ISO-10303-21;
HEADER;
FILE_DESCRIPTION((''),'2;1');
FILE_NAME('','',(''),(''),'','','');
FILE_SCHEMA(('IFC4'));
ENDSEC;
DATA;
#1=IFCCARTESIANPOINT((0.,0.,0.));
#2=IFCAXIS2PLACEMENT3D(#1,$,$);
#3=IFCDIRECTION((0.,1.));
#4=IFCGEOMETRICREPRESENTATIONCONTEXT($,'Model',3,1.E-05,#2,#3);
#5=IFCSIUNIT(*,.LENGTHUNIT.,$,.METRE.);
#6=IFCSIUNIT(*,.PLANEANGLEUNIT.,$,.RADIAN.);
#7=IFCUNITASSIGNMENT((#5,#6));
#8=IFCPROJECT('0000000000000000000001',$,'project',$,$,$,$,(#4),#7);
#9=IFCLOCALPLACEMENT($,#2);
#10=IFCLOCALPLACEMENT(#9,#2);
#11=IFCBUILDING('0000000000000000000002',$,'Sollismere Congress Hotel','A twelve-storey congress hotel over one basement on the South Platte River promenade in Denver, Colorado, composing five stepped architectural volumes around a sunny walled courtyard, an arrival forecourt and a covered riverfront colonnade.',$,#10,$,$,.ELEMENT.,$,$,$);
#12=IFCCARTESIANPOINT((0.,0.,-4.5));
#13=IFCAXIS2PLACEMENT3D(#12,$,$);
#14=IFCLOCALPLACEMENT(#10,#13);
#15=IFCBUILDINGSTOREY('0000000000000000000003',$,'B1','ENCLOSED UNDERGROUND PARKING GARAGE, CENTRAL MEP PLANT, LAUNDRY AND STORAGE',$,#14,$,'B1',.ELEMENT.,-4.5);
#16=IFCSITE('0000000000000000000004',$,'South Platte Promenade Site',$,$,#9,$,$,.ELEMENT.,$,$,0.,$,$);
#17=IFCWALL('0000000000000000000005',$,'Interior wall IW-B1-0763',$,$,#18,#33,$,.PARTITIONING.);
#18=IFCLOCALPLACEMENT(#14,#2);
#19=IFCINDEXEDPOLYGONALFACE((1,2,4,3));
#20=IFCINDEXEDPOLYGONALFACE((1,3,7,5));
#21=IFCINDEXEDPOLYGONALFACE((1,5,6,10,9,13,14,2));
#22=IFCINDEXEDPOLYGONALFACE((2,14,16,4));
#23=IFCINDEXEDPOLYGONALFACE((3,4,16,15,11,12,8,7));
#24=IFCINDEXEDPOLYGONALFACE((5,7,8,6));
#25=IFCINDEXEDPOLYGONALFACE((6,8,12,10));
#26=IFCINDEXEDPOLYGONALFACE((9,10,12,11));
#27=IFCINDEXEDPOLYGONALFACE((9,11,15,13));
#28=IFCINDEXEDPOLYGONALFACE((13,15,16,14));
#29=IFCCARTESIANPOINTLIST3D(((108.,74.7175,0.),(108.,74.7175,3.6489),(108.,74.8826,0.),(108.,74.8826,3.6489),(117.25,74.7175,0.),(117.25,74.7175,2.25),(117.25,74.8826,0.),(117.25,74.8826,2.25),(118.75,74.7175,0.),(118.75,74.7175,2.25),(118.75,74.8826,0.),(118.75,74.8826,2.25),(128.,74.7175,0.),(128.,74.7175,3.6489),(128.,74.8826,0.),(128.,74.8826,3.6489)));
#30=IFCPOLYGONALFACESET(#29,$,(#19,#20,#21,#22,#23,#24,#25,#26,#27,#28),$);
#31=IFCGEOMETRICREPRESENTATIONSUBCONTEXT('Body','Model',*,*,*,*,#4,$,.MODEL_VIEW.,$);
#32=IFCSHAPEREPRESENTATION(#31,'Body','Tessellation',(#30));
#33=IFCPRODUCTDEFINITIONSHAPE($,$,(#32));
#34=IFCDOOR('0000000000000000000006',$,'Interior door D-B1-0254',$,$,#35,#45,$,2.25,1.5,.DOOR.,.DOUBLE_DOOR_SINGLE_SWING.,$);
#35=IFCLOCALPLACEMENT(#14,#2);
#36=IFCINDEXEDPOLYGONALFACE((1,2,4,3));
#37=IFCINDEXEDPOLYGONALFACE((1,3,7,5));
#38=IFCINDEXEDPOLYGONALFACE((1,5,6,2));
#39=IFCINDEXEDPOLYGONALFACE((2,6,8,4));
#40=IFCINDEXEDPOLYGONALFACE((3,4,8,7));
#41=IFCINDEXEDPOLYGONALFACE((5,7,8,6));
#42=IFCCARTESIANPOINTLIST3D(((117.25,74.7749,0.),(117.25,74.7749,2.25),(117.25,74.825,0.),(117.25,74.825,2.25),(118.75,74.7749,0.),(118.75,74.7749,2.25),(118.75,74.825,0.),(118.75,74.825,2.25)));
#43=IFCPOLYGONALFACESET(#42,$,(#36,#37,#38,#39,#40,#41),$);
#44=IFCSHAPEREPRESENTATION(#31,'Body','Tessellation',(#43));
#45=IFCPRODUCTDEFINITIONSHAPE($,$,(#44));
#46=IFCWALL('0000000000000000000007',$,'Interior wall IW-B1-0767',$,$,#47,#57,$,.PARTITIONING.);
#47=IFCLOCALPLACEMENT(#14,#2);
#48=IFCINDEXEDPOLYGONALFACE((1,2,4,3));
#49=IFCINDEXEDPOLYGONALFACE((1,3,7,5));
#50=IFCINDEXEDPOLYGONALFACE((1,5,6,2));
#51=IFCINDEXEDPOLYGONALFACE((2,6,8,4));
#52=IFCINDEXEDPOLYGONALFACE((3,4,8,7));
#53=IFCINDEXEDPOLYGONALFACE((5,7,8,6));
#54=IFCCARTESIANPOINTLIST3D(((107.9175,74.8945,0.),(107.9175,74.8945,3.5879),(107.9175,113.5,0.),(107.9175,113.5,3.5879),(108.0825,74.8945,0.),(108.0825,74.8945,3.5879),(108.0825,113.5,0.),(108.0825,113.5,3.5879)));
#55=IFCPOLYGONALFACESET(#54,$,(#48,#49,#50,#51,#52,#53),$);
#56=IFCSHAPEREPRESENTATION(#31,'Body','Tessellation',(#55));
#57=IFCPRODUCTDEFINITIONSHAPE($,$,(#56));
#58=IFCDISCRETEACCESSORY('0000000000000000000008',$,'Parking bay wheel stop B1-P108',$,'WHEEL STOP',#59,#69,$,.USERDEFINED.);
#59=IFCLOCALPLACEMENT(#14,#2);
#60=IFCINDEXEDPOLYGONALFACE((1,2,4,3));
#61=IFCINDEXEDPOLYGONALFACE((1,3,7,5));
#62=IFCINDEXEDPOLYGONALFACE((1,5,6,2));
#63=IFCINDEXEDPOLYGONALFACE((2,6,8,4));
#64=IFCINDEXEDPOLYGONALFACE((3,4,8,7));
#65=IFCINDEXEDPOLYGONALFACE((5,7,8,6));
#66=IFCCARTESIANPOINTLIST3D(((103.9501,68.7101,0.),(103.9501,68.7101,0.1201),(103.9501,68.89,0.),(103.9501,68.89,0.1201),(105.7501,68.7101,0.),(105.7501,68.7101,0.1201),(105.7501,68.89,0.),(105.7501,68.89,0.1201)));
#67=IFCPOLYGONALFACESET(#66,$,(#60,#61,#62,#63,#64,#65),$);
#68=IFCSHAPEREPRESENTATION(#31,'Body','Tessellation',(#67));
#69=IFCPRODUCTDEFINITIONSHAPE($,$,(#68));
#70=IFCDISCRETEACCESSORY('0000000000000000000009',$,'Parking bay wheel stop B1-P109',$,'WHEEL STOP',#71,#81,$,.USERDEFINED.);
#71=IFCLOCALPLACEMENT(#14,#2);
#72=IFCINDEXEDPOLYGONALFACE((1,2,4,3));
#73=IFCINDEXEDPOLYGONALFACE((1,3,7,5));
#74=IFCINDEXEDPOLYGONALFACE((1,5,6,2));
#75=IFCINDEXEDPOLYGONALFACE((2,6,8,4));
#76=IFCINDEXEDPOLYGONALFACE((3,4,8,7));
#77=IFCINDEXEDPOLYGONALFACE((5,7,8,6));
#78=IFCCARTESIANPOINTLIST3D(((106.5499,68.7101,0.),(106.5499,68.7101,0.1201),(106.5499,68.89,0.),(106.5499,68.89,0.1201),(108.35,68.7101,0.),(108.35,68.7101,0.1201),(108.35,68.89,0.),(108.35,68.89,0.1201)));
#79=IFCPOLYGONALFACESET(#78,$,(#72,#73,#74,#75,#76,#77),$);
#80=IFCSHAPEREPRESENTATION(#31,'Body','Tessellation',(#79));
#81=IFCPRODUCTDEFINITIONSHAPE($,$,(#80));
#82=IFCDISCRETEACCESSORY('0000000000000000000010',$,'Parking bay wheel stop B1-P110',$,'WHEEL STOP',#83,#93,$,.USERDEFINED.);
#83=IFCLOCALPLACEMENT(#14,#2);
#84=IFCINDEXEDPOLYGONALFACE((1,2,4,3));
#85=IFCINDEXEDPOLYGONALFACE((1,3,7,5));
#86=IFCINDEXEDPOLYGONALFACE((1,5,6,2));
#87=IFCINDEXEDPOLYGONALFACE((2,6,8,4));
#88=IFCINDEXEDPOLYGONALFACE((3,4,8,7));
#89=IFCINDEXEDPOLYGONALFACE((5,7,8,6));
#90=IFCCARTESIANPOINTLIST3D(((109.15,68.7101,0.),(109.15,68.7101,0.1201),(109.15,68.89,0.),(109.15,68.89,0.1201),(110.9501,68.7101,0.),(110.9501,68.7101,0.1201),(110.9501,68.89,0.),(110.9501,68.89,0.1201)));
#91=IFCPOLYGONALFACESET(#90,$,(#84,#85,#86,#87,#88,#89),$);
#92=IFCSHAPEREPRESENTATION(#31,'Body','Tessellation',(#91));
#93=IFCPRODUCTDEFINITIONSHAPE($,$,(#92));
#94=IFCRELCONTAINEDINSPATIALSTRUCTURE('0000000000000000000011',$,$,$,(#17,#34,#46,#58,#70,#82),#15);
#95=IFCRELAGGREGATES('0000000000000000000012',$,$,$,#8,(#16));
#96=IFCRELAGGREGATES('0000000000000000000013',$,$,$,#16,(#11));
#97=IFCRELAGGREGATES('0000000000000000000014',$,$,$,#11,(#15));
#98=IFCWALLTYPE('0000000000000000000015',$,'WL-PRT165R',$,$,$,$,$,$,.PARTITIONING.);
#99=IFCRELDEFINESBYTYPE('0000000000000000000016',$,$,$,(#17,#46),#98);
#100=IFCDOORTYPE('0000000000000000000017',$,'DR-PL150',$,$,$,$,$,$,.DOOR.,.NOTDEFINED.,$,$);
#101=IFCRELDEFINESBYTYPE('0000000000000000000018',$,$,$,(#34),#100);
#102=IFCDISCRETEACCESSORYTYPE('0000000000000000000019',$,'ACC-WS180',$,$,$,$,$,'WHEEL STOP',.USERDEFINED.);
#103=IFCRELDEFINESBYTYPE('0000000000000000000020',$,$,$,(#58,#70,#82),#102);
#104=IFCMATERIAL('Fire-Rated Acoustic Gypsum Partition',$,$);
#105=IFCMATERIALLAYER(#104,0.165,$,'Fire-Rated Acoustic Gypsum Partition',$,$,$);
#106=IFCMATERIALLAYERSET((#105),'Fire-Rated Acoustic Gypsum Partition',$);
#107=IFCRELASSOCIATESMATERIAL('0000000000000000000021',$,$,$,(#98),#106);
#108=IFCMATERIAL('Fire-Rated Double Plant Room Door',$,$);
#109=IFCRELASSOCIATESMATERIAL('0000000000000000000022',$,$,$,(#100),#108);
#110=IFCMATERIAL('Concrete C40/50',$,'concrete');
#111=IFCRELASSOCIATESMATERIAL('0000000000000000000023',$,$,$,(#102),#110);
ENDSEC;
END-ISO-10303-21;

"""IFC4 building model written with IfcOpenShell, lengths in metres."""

from ifc_helpers import new_model, si_unit, direction, frame, frame_2d, origin, origin_2d, place, context, subcontext, project, spatial, rectangle, extrude, material, layer, layer_set, type_object, element, fill, save


model = new_model("IFC4")

# Units and contexts
model_context = context("Model", 3, precision=1e-05, world=origin(), true_north=direction((0.0, 1.0)))
body_context = subcontext(model_context, "Body", "Model", "MODEL_VIEW")
ifc_project = project(units=[si_unit("LENGTHUNIT", "METRE"), si_unit("PLANEANGLEUNIT", "RADIAN")], contexts=[model_context])

# Site, building, storey
site_placement = place(None, origin())
site = spatial("IfcSite", under=ifc_project, at=site_placement, Name="South Platte Promenade Site", CompositionType="ELEMENT", RefElevation=0.0)
building_placement = place(site_placement, origin())
building = spatial("IfcBuilding", under=site, at=building_placement, Name="Sollismere Congress Hotel", Description="A twelve-storey congress hotel over one basement on the South Platte River promenade in Denver, Colorado, composing five stepped architectural volumes around a sunny walled courtyard, an arrival forecourt and a covered riverfront colonnade.", CompositionType="ELEMENT")
storey_placement = place(building_placement, frame((0.0, 0.0, -4.5)))
storey = spatial("IfcBuildingStorey", under=building, at=storey_placement, Name="B1", Description="ENCLOSED UNDERGROUND PARKING GARAGE, CENTRAL MEP PLANT, LAUNDRY AND STORAGE", LongName="B1", CompositionType="ELEMENT", Elevation=-4.5)

# Shared definitions
ifc_material_1 = material(Name="Concrete C40/50", Category="concrete")

# Wall, opening, door
ifc_material_2 = material(Name="Fire-Rated Acoustic Gypsum Partition")
ifc_layer = layer(ifc_material_2, 0.165, Name="Fire-Rated Acoustic Gypsum Partition")
ifc_layer_set = layer_set([ifc_layer], Name="Fire-Rated Acoustic Gypsum Partition")
wall_type = type_object("IfcWallType", Name="WL-PRT165R", PredefinedType="PARTITIONING", material=ifc_layer_set)
wall_1_placement = place(storey_placement, frame((108.0, 74.8, 0.0), z_axis=(0.0, 0.0, 1.0), x_axis=(1.0, 0.0, 0.0)))
wall_1 = element("IfcWall", 1, at=wall_1_placement, inside=storey, type_object=wall_type, Name="Interior wall IW-B1-0763", PredefinedType="PARTITIONING", context=body_context, shape_type="SweptSolid", body=[
    extrude(rectangle(XDim=20.0, YDim=0.165, at=frame_2d((10.0, 0.0))), origin(), (0.0, 0.0, 1.0), 3.6489),
])
opening_placement = place(wall_1_placement, frame((9.25, 0.0, 0.0)))
opening = element("IfcOpeningElement", 2, at=opening_placement, cuts=wall_1, PredefinedType="OPENING", context=body_context, shape_type="SweptSolid", body=[
    extrude(rectangle(XDim=1.5, YDim=2.25, at=frame_2d((0.75, 1.125))), frame((0.0, 0.0925, 0.0), z_axis=(0.0, -1.0, 0.0), x_axis=(1.0, 0.0, 0.0)), (0.0, 0.0, 1.0), 0.1851),
])
ifc_material_3 = material(Name="Fire-Rated Double Plant Room Door")
door_type = type_object("IfcDoorType", Name="DR-PL150", OperationType="NOTDEFINED", PredefinedType="DOOR", material=ifc_material_3)
door_placement = place(opening_placement, origin())
door = element("IfcDoor", 3, at=door_placement, inside=storey, type_object=door_type, Name="Interior door D-B1-0254", OperationType="DOUBLE_DOOR_SINGLE_SWING", OverallHeight=2.25, OverallWidth=1.5, PredefinedType="DOOR", context=body_context, shape_type="SweptSolid", body=[
    extrude(rectangle(XDim=1.5, YDim=2.25, at=frame_2d((0.75, 1.125))), frame((0.0, 0.0249, 0.0), z_axis=(0.0, -1.0, 0.0), x_axis=(1.0, 0.0, 0.0)), (0.0, 0.0, 1.0), 0.05),
])
fill(opening, door)

# Wall
wall_2_placement = place(storey_placement, frame((108.0, 74.8945, 0.0), z_axis=(0.0, 0.0, 1.0), x_axis=(0.0, 1.0, 0.0)))
element("IfcWall", 4, at=wall_2_placement, inside=storey, type_object=wall_type, Name="Interior wall IW-B1-0767", PredefinedType="PARTITIONING", context=body_context, shape_type="SweptSolid", body=[
    extrude(rectangle(XDim=38.6055, YDim=0.165, at=frame_2d((19.3027, 0.0))), origin(), (0.0, 0.0, 1.0), 3.5879),
])

# Discrete accessories
discrete_accessory_type = type_object("IfcDiscreteAccessoryType", Name="ACC-WS180", ElementType="WHEEL STOP", PredefinedType="USERDEFINED", material=ifc_material_1)
for number, where, z_axis, x_axis, name in (
    (5, (104.8501, 68.8, 0.0), (0.0, 0.0, 1.0), (1.0, 0.0, 0.0), "Parking bay wheel stop B1-P108"),
    (6, (107.45, 68.8, 0.0), (0.0, 0.0, 1.0), (1.0, 0.0, 0.0), "Parking bay wheel stop B1-P109"),
    (7, (110.05, 68.8, 0.0), (0.0, 0.0, 1.0), (1.0, 0.0, 0.0), "Parking bay wheel stop B1-P110"),
):
    element("IfcDiscreteAccessory", number, at=place(storey_placement, frame(where, z_axis=z_axis, x_axis=x_axis)), inside=storey, type_object=discrete_accessory_type, Name=name, ObjectType="WHEEL STOP", PredefinedType="USERDEFINED", context=body_context, shape_type="SweptSolid", body=[
        extrude(rectangle(XDim=1.8, YDim=0.1799, at=origin_2d()), origin(), (0.0, 0.0, 1.0), 0.1201),
    ])

save(model, "model.ifc")
